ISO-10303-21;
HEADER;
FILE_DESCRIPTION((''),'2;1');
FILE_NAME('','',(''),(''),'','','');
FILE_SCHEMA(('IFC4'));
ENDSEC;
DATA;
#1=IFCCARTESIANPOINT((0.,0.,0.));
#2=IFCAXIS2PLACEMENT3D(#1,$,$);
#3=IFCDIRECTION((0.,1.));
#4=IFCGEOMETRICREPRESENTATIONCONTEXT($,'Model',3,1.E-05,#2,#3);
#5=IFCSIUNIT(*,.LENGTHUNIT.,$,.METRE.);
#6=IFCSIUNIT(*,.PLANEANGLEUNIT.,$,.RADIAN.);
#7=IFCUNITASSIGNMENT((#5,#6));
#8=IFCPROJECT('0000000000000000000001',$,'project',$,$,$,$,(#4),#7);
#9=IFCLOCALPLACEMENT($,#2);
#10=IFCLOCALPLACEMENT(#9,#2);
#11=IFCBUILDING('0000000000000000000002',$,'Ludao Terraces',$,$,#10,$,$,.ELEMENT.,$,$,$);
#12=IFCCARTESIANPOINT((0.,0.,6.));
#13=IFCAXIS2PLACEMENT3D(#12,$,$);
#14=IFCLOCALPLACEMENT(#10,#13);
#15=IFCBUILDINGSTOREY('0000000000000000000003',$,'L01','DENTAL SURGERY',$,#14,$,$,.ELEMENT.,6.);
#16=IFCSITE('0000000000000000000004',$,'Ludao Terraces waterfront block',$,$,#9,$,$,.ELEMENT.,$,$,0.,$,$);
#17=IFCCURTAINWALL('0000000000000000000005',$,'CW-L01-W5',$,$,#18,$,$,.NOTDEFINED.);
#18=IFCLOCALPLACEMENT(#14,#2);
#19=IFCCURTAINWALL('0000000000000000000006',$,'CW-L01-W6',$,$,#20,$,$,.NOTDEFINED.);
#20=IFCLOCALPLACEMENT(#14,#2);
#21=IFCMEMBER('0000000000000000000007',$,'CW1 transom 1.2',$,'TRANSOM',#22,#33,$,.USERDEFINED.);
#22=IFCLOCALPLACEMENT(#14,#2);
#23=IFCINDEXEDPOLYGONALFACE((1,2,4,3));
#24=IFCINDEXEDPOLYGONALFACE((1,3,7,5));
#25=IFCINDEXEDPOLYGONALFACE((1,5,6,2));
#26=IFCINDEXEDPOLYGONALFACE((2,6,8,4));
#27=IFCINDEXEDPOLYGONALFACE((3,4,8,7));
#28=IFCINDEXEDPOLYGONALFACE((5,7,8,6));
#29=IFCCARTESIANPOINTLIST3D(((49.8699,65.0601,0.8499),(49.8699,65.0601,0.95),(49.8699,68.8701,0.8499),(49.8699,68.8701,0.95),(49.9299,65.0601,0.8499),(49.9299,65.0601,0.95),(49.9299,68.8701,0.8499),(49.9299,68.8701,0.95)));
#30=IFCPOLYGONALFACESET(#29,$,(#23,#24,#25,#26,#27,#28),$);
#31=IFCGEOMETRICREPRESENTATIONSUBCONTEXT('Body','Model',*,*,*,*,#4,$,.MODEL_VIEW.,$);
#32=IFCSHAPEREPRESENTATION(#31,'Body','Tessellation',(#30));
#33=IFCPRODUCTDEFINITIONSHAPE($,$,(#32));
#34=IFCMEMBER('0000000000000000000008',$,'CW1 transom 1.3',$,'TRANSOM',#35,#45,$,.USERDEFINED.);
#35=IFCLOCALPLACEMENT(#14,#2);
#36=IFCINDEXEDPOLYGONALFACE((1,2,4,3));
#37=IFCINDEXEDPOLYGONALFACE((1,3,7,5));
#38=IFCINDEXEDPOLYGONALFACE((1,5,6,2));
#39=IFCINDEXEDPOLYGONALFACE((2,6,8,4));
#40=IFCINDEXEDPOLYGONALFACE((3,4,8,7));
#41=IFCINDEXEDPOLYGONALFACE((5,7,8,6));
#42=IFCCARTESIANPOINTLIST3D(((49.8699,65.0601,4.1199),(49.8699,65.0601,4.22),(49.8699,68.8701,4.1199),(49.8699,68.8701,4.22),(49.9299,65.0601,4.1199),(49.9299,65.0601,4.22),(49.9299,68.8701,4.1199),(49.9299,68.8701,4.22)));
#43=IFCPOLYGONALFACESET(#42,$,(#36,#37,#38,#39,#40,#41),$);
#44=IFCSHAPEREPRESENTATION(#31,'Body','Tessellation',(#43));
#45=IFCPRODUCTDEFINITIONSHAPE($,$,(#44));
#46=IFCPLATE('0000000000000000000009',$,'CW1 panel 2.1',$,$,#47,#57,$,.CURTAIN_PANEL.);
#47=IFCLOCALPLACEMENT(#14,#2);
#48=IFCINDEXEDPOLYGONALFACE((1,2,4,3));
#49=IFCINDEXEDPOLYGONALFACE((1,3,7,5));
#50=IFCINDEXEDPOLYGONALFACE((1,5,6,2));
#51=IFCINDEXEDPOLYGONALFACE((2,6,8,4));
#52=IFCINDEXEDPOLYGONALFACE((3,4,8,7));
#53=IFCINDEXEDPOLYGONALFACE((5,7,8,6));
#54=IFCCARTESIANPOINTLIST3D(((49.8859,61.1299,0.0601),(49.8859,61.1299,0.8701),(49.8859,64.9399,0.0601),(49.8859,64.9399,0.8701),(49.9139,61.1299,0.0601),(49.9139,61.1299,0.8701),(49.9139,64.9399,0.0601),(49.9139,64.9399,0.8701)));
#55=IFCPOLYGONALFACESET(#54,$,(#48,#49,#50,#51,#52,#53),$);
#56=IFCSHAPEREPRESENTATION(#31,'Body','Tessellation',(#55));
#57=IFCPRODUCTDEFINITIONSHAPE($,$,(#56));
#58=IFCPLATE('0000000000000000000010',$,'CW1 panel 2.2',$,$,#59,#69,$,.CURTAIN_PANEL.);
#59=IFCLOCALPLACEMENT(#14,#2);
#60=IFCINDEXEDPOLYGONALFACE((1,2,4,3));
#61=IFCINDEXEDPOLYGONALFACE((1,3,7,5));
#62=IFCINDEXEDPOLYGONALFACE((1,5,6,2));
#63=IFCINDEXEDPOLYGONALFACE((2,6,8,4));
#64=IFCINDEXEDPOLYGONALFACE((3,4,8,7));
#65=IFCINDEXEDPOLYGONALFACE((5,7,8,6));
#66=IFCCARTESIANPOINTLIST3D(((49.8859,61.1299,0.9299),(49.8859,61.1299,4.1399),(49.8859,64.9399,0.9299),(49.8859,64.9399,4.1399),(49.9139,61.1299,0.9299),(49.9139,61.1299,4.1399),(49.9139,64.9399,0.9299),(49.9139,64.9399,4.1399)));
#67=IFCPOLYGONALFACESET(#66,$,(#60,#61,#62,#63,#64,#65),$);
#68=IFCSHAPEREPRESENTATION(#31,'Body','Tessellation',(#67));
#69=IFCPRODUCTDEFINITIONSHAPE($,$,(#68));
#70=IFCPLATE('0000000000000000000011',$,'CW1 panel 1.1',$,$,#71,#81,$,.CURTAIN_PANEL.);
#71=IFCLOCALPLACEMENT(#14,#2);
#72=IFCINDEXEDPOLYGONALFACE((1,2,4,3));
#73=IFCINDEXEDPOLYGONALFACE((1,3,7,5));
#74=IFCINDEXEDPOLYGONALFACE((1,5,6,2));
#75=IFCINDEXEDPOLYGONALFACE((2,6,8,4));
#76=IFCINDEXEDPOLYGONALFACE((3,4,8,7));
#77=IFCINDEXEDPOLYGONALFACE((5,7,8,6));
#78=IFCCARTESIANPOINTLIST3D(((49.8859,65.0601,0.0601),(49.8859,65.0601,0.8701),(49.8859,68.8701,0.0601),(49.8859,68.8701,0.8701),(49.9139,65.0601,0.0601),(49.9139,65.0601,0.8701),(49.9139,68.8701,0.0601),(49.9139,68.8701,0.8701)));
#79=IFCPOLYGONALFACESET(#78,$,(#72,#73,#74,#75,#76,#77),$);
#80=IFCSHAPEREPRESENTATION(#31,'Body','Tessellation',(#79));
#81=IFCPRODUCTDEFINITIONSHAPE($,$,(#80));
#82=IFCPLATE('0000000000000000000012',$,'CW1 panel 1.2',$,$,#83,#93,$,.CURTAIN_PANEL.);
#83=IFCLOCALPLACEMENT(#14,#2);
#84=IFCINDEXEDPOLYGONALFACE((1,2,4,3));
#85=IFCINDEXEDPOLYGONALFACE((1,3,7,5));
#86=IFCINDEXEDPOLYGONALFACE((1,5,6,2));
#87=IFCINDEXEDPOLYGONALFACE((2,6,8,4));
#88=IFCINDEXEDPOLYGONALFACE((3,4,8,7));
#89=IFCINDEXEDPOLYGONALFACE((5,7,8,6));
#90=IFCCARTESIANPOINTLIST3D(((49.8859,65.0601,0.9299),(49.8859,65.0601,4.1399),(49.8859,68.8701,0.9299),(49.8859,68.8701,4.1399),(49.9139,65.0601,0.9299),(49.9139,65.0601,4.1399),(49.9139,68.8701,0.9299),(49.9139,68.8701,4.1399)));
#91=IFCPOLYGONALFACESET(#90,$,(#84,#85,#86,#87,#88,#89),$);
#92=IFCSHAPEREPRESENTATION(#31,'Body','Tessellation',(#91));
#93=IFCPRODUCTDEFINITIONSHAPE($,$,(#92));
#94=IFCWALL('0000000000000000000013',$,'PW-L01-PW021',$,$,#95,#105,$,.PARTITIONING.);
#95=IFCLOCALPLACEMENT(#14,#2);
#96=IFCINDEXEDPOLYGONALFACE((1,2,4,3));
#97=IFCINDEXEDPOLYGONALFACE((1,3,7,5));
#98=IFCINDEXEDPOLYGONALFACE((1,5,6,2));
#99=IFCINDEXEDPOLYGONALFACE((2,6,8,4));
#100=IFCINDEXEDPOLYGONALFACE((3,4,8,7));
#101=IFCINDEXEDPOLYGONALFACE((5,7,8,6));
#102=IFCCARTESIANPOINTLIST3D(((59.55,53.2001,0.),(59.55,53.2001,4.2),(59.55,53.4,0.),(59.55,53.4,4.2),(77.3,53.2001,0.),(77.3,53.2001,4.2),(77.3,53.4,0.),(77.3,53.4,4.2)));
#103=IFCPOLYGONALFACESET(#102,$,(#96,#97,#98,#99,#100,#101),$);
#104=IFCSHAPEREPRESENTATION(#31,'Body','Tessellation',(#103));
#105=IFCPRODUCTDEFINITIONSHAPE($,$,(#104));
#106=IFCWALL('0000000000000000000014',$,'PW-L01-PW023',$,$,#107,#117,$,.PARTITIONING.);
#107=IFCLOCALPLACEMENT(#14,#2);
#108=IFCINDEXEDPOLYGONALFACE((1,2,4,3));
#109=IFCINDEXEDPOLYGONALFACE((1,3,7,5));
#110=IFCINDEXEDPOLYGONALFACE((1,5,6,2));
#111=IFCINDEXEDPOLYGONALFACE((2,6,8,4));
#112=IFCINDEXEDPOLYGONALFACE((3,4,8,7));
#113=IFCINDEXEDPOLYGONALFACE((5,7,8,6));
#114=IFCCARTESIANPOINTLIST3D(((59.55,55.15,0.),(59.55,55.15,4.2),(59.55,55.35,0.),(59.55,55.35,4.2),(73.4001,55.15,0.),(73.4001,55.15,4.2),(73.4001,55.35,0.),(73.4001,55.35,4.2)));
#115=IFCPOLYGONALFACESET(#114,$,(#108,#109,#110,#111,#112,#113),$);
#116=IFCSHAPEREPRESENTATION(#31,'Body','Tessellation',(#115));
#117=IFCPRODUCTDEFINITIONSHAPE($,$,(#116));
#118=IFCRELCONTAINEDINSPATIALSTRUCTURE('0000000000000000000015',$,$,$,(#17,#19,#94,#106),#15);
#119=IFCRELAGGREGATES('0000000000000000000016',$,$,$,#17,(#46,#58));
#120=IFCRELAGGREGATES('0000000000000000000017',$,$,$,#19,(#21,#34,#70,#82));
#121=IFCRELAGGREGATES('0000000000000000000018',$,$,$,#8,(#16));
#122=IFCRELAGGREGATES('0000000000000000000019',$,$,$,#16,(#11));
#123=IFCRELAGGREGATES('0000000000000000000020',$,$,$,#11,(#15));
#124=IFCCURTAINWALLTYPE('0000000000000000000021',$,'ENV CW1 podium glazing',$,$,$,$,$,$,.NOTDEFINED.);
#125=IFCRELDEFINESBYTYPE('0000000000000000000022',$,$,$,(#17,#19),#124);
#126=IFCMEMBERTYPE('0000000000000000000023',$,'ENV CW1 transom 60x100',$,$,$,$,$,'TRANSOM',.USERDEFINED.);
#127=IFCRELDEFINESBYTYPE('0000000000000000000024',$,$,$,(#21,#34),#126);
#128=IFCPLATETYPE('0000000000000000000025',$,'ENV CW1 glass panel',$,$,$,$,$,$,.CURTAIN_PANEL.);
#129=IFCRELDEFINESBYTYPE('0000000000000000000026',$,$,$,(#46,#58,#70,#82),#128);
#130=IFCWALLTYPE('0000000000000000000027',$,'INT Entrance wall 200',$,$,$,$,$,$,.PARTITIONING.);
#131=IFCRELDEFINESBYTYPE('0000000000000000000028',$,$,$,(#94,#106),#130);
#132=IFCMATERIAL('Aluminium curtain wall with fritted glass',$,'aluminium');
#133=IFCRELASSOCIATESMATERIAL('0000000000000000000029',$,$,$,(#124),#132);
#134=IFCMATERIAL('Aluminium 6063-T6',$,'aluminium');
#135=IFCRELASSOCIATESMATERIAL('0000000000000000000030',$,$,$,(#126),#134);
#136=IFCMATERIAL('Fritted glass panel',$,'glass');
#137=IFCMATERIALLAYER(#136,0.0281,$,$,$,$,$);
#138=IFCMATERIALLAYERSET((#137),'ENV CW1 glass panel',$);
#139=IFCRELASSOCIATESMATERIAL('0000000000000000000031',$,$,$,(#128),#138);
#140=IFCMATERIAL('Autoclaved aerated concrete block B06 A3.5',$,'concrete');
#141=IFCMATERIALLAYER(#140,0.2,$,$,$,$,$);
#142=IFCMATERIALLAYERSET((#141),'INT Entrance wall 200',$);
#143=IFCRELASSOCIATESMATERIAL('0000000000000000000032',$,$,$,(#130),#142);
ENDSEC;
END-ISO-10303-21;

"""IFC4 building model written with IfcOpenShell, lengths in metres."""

from ifc_helpers import new_model, si_unit, direction, frame, frame_2d, origin, origin_2d, place, context, subcontext, project, spatial, rectangle, extrude, material, layer, layer_set, material_profile, profile_set, type_object, element, aggregate, save


model = new_model("IFC4")

# Units and contexts
model_context = context("Model", 3, precision=1e-05, world=origin(), true_north=direction((0.0, 1.0)))
body_context = subcontext(model_context, "Body", "Model", "MODEL_VIEW")
ifc_project = project(units=[si_unit("LENGTHUNIT", "METRE"), si_unit("PLANEANGLEUNIT", "RADIAN")], contexts=[model_context])

# Site, building, storey
site_placement = place(None, origin())
site = spatial("IfcSite", under=ifc_project, at=site_placement, Name="Ludao Terraces waterfront block", CompositionType="ELEMENT", RefElevation=0.0)
building_placement = place(site_placement, origin())
building = spatial("IfcBuilding", under=site, at=building_placement, Name="Ludao Terraces", CompositionType="ELEMENT")
storey_placement = place(building_placement, frame((0.0, 0.0, 6.0)))
storey = spatial("IfcBuildingStorey", under=building, at=storey_placement, Name="L01", Description="DENTAL SURGERY", CompositionType="ELEMENT", Elevation=6.0)

# Curtain walls
ifc_material_1 = material(Name="Aluminium curtain wall with fritted glass", Category="aluminium")
curtain_wall_type = type_object("IfcCurtainWallType", Name="ENV CW1 podium glazing", PredefinedType="NOTDEFINED", material=ifc_material_1)
curtain_wall_1_placement = place(storey_placement, origin())
curtain_wall_1 = element("IfcCurtainWall", 1, at=curtain_wall_1_placement, inside=storey, type_object=curtain_wall_type, Name="CW-L01-W5", PredefinedType="NOTDEFINED")
ifc_material_2 = material(Name="Aluminium 6063-T6", Category="aluminium")
curtain_wall_2_placement = place(storey_placement, origin())
curtain_wall_2 = element("IfcCurtainWall", 2, at=curtain_wall_2_placement, inside=storey, type_object=curtain_wall_type, Name="CW-L01-W6", PredefinedType="NOTDEFINED")

# Members
ifc_material_profile_1 = material_profile(ifc_material_2, rectangle(XDim=0.0601, YDim=0.1001, at=origin_2d()), Name="60 X 100")
ifc_profile_set_1 = profile_set([ifc_material_profile_1], Name="Aluminium 6063-T6")
member_type_1 = type_object("IfcMemberType", Name="ENV CW1 transom 60x100", ElementType="TRANSOM", PredefinedType="USERDEFINED", material=ifc_profile_set_1)
member_1_placement = place(storey_placement, frame((49.8999, 65.0601, 0.8999), z_axis=(0.0, 1.0, 0.0), x_axis=(-1.0, 0.0, 0.0)))
member_1 = element("IfcMember", 3, at=member_1_placement, type_object=member_type_1, Name="CW1 transom 1.2", ObjectType="TRANSOM", PredefinedType="USERDEFINED", context=body_context, shape_type="SweptSolid", body=[
    extrude(rectangle(XDim=0.0601, YDim=0.1001, at=origin_2d()), origin(), (0.0, 0.0, 1.0), 3.8101),
])
member_2_placement = place(storey_placement, frame((49.8999, 65.0601, 4.1699), z_axis=(0.0, 1.0, 0.0), x_axis=(-1.0, 0.0, 0.0)))
member_2 = element("IfcMember", 4, at=member_2_placement, type_object=member_type_1, Name="CW1 transom 1.3", ObjectType="TRANSOM", PredefinedType="USERDEFINED", context=body_context, shape_type="SweptSolid", body=[
    extrude(rectangle(XDim=0.0601, YDim=0.1001, at=origin_2d()), origin(), (0.0, 0.0, 1.0), 3.8101),
])

# Plates
ifc_material_3 = material(Name="Fritted glass panel", Category="glass")
ifc_layer_1 = layer(ifc_material_3, 0.0281)
ifc_layer_set_1 = layer_set([ifc_layer_1], Name="ENV CW1 glass panel")
plate_type = type_object("IfcPlateType", Name="ENV CW1 glass panel", PredefinedType="CURTAIN_PANEL", material=ifc_layer_set_1)
plate_1_placement = place(storey_placement, frame((49.8999, 63.0349, 0.0601), z_axis=(0.0, 0.0, 1.0), x_axis=(0.0, 1.0, 0.0)))
plate_1 = element("IfcPlate", 5, at=plate_1_placement, type_object=plate_type, Name="CW1 panel 2.1", PredefinedType="CURTAIN_PANEL", context=body_context, shape_type="SweptSolid", body=[
    extrude(rectangle(XDim=3.8101, YDim=0.0281, at=origin_2d()), origin(), (0.0, 0.0, 1.0), 0.8101),
])
plate_2_placement = place(storey_placement, frame((49.8999, 63.0349, 0.9299), z_axis=(0.0, 0.0, 1.0), x_axis=(0.0, 1.0, 0.0)))
plate_2 = element("IfcPlate", 6, at=plate_2_placement, type_object=plate_type, Name="CW1 panel 2.2", PredefinedType="CURTAIN_PANEL", context=body_context, shape_type="SweptSolid", body=[
    extrude(rectangle(XDim=3.8101, YDim=0.0281, at=origin_2d()), origin(), (0.0, 0.0, 1.0), 3.21),
])
aggregate(curtain_wall_1, [plate_1, plate_2])
plate_3_placement = place(storey_placement, frame((49.8999, 66.9651, 0.0601), z_axis=(0.0, 0.0, 1.0), x_axis=(0.0, 1.0, 0.0)))
plate_3 = element("IfcPlate", 7, at=plate_3_placement, type_object=plate_type, Name="CW1 panel 1.1", PredefinedType="CURTAIN_PANEL", context=body_context, shape_type="SweptSolid", body=[
    extrude(rectangle(XDim=3.8101, YDim=0.0281, at=origin_2d()), origin(), (0.0, 0.0, 1.0), 0.8101),
])
plate_4_placement = place(storey_placement, frame((49.8999, 66.9651, 0.9299), z_axis=(0.0, 0.0, 1.0), x_axis=(0.0, 1.0, 0.0)))
plate_4 = element("IfcPlate", 8, at=plate_4_placement, type_object=plate_type, Name="CW1 panel 1.2", PredefinedType="CURTAIN_PANEL", context=body_context, shape_type="SweptSolid", body=[
    extrude(rectangle(XDim=3.8101, YDim=0.0281, at=origin_2d()), origin(), (0.0, 0.0, 1.0), 3.21),
])
aggregate(curtain_wall_2, [member_1, member_2, plate_3, plate_4])

# Walls
ifc_material_4 = material(Name="Autoclaved aerated concrete block B06 A3.5", Category="concrete")
ifc_layer_2 = layer(ifc_material_4, 0.2)
ifc_layer_set_2 = layer_set([ifc_layer_2], Name="INT Entrance wall 200")
wall_type_1 = type_object("IfcWallType", Name="INT Entrance wall 200", PredefinedType="PARTITIONING", material=ifc_layer_set_2)
wall_1_placement = place(storey_placement, frame((59.55, 53.3, 0.0), z_axis=(0.0, 0.0, 1.0), x_axis=(1.0, 0.0, 0.0)))
element("IfcWall", 9, at=wall_1_placement, inside=storey, type_object=wall_type_1, Name="PW-L01-PW021", PredefinedType="PARTITIONING", context=body_context, shape_type="SweptSolid", body=[
    extrude(rectangle(XDim=17.75, YDim=0.2, at=frame_2d((8.875, 0.0))), origin(), (0.0, 0.0, 1.0), 4.2),
])
wall_2_placement = place(storey_placement, frame((59.55, 55.25, 0.0), z_axis=(0.0, 0.0, 1.0), x_axis=(1.0, 0.0, 0.0)))
element("IfcWall", 10, at=wall_2_placement, inside=storey, type_object=wall_type_1, Name="PW-L01-PW023", PredefinedType="PARTITIONING", context=body_context, shape_type="SweptSolid", body=[
    extrude(rectangle(XDim=13.8501, YDim=0.2, at=frame_2d((6.925, 0.0))), origin(), (0.0, 0.0, 1.0), 4.2),
])

save(model, "model.ifc")
